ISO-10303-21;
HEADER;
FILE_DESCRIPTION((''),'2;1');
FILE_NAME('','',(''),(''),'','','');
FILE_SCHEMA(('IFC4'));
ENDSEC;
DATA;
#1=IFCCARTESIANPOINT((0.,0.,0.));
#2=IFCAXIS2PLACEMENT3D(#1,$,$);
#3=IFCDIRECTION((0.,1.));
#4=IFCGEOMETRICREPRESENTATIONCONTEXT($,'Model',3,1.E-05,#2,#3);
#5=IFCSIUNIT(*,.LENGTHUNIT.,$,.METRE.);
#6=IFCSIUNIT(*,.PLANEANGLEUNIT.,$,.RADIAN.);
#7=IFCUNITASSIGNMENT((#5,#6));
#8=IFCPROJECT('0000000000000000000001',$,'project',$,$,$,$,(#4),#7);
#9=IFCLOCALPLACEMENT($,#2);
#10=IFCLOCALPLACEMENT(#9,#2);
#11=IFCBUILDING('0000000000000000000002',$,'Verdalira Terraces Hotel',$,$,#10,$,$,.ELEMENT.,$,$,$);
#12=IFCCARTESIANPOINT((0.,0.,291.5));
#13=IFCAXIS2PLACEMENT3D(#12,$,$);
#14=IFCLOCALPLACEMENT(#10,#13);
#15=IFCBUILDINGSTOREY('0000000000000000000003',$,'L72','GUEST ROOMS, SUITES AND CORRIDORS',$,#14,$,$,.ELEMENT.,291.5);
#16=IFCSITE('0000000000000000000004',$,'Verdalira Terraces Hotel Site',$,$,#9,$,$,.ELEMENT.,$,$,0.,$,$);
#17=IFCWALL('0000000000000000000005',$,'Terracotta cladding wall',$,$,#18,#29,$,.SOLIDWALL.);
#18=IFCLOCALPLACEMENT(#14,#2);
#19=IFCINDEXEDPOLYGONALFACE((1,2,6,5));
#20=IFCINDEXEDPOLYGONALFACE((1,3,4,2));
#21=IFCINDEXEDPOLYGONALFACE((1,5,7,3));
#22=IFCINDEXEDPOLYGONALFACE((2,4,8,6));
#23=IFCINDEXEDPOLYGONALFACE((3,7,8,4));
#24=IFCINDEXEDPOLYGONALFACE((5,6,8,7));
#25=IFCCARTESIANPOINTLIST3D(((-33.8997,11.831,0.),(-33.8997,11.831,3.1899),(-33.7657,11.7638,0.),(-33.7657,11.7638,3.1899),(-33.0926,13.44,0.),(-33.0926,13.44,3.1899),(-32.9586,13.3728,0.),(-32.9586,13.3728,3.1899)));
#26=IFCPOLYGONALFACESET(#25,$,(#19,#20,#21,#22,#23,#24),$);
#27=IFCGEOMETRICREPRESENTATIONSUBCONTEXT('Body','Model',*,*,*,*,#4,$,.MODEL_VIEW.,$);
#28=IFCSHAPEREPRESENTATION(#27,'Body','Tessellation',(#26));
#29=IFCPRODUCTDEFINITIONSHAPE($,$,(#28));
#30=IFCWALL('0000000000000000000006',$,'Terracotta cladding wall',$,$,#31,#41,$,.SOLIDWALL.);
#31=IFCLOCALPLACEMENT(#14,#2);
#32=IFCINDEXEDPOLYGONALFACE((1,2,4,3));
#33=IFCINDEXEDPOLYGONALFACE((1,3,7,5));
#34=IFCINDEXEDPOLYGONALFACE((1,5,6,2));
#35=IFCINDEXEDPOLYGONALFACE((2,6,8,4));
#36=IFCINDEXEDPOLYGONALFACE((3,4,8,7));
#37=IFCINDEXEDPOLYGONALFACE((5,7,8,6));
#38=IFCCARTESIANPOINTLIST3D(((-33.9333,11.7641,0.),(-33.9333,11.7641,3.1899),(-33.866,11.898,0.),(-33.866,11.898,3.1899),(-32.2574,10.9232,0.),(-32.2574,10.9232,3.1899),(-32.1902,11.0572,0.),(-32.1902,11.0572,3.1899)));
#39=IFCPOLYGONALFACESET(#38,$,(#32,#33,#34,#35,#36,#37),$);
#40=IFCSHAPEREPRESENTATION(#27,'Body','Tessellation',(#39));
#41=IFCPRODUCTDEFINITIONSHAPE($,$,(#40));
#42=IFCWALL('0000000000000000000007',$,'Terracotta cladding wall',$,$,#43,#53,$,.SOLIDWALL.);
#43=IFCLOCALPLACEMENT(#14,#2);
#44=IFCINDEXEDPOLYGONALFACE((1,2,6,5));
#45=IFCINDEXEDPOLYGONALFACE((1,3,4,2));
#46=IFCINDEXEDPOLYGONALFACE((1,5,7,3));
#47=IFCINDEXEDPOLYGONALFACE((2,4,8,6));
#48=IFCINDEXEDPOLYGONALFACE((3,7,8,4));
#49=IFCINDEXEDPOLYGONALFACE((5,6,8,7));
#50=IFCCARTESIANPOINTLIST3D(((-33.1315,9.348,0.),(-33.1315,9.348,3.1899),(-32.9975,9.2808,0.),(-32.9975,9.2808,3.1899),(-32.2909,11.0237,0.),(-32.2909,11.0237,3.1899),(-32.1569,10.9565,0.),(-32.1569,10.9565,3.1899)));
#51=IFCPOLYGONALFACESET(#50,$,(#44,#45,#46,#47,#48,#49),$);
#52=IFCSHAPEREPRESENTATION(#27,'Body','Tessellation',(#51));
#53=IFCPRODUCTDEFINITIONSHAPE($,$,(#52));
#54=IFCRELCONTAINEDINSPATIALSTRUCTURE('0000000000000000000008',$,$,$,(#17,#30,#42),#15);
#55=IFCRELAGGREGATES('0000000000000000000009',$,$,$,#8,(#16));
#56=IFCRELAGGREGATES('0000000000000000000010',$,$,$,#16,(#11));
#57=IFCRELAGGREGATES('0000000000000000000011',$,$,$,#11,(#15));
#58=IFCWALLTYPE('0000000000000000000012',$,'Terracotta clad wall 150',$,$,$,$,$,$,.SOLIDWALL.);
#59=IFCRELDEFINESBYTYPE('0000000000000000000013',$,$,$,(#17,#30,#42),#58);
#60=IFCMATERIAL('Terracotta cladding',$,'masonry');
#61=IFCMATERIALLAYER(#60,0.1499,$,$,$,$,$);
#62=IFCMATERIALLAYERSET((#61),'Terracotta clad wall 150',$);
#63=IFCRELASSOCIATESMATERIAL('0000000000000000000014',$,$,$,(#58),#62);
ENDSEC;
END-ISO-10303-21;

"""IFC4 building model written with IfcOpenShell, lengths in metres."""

from ifc_helpers import new_model, si_unit, direction, frame, frame_2d, origin, place, context, subcontext, project, spatial, rectangle, extrude, material, layer, layer_set, type_object, element, save


model = new_model("IFC4")

# Units and contexts
model_context = context("Model", 3, precision=1e-05, world=origin(), true_north=direction((0.0, 1.0)))
body_context = subcontext(model_context, "Body", "Model", "MODEL_VIEW")
ifc_project = project(units=[si_unit("LENGTHUNIT", "METRE"), si_unit("PLANEANGLEUNIT", "RADIAN")], contexts=[model_context])

# Site, building, storey
site_placement = place(None, origin())
site = spatial("IfcSite", under=ifc_project, at=site_placement, Name="Verdalira Terraces Hotel Site", CompositionType="ELEMENT", RefElevation=0.0)
building_placement = place(site_placement, origin())
building = spatial("IfcBuilding", under=site, at=building_placement, Name="Verdalira Terraces Hotel", CompositionType="ELEMENT")
storey_placement = place(building_placement, frame((0.0, 0.0, 291.5)))
storey = spatial("IfcBuildingStorey", under=building, at=storey_placement, Name="L72", Description="GUEST ROOMS, SUITES AND CORRIDORS", CompositionType="ELEMENT", Elevation=291.5)

# Walls
ifc_material_1 = material(Name="Terracotta cladding", Category="masonry")
ifc_layer_1 = layer(ifc_material_1, 0.1499)
ifc_layer_set_1 = layer_set([ifc_layer_1], Name="Terracotta clad wall 150")
wall_type_1 = type_object("IfcWallType", Name="Terracotta clad wall 150", PredefinedType="SOLIDWALL", material=ifc_layer_set_1)
wall_1_placement = place(storey_placement, frame((-33.0256, 13.4062, 0.0), z_axis=(0.0, 0.0, 1.0), x_axis=(-0.448407, -0.89383, 0.0)))
element("IfcWall", 1, at=wall_1_placement, inside=storey, type_object=wall_type_1, Name="Terracotta cladding wall", PredefinedType="SOLIDWALL", context=body_context, shape_type="SweptSolid", body=[
    extrude(rectangle(XDim=1.8, YDim=0.1499, at=frame_2d((0.8999, 0.0))), origin(), (0.0, 0.0, 1.0), 3.1899),
])
wall_2_placement = place(storey_placement, frame((-33.8997, 11.8311, 0.0), z_axis=(0.0, 0.0, 1.0), x_axis=(0.893801, -0.448463, 0.0)))
element("IfcWall", 2, at=wall_2_placement, inside=storey, type_object=wall_type_1, Name="Terracotta cladding wall", PredefinedType="SOLIDWALL", context=body_context, shape_type="SweptSolid", body=[
    extrude(rectangle(XDim=1.875, YDim=0.1499, at=frame_2d((0.9375, 0.0))), origin(), (0.0, 0.0, 1.0), 3.1899),
])
wall_3_placement = place(storey_placement, frame((-32.2239, 10.9902, 0.0), z_axis=(0.0, 0.0, 1.0), x_axis=(-0.448359, -0.893853, 0.0)))
element("IfcWall", 3, at=wall_3_placement, inside=storey, type_object=wall_type_1, Name="Terracotta cladding wall", PredefinedType="SOLIDWALL", context=body_context, shape_type="SweptSolid", body=[
    extrude(rectangle(XDim=1.8748, YDim=0.1499, at=frame_2d((0.9375, 0.0))), origin(), (0.0, 0.0, 1.0), 3.1899),
])

save(model, "model.ifc")
